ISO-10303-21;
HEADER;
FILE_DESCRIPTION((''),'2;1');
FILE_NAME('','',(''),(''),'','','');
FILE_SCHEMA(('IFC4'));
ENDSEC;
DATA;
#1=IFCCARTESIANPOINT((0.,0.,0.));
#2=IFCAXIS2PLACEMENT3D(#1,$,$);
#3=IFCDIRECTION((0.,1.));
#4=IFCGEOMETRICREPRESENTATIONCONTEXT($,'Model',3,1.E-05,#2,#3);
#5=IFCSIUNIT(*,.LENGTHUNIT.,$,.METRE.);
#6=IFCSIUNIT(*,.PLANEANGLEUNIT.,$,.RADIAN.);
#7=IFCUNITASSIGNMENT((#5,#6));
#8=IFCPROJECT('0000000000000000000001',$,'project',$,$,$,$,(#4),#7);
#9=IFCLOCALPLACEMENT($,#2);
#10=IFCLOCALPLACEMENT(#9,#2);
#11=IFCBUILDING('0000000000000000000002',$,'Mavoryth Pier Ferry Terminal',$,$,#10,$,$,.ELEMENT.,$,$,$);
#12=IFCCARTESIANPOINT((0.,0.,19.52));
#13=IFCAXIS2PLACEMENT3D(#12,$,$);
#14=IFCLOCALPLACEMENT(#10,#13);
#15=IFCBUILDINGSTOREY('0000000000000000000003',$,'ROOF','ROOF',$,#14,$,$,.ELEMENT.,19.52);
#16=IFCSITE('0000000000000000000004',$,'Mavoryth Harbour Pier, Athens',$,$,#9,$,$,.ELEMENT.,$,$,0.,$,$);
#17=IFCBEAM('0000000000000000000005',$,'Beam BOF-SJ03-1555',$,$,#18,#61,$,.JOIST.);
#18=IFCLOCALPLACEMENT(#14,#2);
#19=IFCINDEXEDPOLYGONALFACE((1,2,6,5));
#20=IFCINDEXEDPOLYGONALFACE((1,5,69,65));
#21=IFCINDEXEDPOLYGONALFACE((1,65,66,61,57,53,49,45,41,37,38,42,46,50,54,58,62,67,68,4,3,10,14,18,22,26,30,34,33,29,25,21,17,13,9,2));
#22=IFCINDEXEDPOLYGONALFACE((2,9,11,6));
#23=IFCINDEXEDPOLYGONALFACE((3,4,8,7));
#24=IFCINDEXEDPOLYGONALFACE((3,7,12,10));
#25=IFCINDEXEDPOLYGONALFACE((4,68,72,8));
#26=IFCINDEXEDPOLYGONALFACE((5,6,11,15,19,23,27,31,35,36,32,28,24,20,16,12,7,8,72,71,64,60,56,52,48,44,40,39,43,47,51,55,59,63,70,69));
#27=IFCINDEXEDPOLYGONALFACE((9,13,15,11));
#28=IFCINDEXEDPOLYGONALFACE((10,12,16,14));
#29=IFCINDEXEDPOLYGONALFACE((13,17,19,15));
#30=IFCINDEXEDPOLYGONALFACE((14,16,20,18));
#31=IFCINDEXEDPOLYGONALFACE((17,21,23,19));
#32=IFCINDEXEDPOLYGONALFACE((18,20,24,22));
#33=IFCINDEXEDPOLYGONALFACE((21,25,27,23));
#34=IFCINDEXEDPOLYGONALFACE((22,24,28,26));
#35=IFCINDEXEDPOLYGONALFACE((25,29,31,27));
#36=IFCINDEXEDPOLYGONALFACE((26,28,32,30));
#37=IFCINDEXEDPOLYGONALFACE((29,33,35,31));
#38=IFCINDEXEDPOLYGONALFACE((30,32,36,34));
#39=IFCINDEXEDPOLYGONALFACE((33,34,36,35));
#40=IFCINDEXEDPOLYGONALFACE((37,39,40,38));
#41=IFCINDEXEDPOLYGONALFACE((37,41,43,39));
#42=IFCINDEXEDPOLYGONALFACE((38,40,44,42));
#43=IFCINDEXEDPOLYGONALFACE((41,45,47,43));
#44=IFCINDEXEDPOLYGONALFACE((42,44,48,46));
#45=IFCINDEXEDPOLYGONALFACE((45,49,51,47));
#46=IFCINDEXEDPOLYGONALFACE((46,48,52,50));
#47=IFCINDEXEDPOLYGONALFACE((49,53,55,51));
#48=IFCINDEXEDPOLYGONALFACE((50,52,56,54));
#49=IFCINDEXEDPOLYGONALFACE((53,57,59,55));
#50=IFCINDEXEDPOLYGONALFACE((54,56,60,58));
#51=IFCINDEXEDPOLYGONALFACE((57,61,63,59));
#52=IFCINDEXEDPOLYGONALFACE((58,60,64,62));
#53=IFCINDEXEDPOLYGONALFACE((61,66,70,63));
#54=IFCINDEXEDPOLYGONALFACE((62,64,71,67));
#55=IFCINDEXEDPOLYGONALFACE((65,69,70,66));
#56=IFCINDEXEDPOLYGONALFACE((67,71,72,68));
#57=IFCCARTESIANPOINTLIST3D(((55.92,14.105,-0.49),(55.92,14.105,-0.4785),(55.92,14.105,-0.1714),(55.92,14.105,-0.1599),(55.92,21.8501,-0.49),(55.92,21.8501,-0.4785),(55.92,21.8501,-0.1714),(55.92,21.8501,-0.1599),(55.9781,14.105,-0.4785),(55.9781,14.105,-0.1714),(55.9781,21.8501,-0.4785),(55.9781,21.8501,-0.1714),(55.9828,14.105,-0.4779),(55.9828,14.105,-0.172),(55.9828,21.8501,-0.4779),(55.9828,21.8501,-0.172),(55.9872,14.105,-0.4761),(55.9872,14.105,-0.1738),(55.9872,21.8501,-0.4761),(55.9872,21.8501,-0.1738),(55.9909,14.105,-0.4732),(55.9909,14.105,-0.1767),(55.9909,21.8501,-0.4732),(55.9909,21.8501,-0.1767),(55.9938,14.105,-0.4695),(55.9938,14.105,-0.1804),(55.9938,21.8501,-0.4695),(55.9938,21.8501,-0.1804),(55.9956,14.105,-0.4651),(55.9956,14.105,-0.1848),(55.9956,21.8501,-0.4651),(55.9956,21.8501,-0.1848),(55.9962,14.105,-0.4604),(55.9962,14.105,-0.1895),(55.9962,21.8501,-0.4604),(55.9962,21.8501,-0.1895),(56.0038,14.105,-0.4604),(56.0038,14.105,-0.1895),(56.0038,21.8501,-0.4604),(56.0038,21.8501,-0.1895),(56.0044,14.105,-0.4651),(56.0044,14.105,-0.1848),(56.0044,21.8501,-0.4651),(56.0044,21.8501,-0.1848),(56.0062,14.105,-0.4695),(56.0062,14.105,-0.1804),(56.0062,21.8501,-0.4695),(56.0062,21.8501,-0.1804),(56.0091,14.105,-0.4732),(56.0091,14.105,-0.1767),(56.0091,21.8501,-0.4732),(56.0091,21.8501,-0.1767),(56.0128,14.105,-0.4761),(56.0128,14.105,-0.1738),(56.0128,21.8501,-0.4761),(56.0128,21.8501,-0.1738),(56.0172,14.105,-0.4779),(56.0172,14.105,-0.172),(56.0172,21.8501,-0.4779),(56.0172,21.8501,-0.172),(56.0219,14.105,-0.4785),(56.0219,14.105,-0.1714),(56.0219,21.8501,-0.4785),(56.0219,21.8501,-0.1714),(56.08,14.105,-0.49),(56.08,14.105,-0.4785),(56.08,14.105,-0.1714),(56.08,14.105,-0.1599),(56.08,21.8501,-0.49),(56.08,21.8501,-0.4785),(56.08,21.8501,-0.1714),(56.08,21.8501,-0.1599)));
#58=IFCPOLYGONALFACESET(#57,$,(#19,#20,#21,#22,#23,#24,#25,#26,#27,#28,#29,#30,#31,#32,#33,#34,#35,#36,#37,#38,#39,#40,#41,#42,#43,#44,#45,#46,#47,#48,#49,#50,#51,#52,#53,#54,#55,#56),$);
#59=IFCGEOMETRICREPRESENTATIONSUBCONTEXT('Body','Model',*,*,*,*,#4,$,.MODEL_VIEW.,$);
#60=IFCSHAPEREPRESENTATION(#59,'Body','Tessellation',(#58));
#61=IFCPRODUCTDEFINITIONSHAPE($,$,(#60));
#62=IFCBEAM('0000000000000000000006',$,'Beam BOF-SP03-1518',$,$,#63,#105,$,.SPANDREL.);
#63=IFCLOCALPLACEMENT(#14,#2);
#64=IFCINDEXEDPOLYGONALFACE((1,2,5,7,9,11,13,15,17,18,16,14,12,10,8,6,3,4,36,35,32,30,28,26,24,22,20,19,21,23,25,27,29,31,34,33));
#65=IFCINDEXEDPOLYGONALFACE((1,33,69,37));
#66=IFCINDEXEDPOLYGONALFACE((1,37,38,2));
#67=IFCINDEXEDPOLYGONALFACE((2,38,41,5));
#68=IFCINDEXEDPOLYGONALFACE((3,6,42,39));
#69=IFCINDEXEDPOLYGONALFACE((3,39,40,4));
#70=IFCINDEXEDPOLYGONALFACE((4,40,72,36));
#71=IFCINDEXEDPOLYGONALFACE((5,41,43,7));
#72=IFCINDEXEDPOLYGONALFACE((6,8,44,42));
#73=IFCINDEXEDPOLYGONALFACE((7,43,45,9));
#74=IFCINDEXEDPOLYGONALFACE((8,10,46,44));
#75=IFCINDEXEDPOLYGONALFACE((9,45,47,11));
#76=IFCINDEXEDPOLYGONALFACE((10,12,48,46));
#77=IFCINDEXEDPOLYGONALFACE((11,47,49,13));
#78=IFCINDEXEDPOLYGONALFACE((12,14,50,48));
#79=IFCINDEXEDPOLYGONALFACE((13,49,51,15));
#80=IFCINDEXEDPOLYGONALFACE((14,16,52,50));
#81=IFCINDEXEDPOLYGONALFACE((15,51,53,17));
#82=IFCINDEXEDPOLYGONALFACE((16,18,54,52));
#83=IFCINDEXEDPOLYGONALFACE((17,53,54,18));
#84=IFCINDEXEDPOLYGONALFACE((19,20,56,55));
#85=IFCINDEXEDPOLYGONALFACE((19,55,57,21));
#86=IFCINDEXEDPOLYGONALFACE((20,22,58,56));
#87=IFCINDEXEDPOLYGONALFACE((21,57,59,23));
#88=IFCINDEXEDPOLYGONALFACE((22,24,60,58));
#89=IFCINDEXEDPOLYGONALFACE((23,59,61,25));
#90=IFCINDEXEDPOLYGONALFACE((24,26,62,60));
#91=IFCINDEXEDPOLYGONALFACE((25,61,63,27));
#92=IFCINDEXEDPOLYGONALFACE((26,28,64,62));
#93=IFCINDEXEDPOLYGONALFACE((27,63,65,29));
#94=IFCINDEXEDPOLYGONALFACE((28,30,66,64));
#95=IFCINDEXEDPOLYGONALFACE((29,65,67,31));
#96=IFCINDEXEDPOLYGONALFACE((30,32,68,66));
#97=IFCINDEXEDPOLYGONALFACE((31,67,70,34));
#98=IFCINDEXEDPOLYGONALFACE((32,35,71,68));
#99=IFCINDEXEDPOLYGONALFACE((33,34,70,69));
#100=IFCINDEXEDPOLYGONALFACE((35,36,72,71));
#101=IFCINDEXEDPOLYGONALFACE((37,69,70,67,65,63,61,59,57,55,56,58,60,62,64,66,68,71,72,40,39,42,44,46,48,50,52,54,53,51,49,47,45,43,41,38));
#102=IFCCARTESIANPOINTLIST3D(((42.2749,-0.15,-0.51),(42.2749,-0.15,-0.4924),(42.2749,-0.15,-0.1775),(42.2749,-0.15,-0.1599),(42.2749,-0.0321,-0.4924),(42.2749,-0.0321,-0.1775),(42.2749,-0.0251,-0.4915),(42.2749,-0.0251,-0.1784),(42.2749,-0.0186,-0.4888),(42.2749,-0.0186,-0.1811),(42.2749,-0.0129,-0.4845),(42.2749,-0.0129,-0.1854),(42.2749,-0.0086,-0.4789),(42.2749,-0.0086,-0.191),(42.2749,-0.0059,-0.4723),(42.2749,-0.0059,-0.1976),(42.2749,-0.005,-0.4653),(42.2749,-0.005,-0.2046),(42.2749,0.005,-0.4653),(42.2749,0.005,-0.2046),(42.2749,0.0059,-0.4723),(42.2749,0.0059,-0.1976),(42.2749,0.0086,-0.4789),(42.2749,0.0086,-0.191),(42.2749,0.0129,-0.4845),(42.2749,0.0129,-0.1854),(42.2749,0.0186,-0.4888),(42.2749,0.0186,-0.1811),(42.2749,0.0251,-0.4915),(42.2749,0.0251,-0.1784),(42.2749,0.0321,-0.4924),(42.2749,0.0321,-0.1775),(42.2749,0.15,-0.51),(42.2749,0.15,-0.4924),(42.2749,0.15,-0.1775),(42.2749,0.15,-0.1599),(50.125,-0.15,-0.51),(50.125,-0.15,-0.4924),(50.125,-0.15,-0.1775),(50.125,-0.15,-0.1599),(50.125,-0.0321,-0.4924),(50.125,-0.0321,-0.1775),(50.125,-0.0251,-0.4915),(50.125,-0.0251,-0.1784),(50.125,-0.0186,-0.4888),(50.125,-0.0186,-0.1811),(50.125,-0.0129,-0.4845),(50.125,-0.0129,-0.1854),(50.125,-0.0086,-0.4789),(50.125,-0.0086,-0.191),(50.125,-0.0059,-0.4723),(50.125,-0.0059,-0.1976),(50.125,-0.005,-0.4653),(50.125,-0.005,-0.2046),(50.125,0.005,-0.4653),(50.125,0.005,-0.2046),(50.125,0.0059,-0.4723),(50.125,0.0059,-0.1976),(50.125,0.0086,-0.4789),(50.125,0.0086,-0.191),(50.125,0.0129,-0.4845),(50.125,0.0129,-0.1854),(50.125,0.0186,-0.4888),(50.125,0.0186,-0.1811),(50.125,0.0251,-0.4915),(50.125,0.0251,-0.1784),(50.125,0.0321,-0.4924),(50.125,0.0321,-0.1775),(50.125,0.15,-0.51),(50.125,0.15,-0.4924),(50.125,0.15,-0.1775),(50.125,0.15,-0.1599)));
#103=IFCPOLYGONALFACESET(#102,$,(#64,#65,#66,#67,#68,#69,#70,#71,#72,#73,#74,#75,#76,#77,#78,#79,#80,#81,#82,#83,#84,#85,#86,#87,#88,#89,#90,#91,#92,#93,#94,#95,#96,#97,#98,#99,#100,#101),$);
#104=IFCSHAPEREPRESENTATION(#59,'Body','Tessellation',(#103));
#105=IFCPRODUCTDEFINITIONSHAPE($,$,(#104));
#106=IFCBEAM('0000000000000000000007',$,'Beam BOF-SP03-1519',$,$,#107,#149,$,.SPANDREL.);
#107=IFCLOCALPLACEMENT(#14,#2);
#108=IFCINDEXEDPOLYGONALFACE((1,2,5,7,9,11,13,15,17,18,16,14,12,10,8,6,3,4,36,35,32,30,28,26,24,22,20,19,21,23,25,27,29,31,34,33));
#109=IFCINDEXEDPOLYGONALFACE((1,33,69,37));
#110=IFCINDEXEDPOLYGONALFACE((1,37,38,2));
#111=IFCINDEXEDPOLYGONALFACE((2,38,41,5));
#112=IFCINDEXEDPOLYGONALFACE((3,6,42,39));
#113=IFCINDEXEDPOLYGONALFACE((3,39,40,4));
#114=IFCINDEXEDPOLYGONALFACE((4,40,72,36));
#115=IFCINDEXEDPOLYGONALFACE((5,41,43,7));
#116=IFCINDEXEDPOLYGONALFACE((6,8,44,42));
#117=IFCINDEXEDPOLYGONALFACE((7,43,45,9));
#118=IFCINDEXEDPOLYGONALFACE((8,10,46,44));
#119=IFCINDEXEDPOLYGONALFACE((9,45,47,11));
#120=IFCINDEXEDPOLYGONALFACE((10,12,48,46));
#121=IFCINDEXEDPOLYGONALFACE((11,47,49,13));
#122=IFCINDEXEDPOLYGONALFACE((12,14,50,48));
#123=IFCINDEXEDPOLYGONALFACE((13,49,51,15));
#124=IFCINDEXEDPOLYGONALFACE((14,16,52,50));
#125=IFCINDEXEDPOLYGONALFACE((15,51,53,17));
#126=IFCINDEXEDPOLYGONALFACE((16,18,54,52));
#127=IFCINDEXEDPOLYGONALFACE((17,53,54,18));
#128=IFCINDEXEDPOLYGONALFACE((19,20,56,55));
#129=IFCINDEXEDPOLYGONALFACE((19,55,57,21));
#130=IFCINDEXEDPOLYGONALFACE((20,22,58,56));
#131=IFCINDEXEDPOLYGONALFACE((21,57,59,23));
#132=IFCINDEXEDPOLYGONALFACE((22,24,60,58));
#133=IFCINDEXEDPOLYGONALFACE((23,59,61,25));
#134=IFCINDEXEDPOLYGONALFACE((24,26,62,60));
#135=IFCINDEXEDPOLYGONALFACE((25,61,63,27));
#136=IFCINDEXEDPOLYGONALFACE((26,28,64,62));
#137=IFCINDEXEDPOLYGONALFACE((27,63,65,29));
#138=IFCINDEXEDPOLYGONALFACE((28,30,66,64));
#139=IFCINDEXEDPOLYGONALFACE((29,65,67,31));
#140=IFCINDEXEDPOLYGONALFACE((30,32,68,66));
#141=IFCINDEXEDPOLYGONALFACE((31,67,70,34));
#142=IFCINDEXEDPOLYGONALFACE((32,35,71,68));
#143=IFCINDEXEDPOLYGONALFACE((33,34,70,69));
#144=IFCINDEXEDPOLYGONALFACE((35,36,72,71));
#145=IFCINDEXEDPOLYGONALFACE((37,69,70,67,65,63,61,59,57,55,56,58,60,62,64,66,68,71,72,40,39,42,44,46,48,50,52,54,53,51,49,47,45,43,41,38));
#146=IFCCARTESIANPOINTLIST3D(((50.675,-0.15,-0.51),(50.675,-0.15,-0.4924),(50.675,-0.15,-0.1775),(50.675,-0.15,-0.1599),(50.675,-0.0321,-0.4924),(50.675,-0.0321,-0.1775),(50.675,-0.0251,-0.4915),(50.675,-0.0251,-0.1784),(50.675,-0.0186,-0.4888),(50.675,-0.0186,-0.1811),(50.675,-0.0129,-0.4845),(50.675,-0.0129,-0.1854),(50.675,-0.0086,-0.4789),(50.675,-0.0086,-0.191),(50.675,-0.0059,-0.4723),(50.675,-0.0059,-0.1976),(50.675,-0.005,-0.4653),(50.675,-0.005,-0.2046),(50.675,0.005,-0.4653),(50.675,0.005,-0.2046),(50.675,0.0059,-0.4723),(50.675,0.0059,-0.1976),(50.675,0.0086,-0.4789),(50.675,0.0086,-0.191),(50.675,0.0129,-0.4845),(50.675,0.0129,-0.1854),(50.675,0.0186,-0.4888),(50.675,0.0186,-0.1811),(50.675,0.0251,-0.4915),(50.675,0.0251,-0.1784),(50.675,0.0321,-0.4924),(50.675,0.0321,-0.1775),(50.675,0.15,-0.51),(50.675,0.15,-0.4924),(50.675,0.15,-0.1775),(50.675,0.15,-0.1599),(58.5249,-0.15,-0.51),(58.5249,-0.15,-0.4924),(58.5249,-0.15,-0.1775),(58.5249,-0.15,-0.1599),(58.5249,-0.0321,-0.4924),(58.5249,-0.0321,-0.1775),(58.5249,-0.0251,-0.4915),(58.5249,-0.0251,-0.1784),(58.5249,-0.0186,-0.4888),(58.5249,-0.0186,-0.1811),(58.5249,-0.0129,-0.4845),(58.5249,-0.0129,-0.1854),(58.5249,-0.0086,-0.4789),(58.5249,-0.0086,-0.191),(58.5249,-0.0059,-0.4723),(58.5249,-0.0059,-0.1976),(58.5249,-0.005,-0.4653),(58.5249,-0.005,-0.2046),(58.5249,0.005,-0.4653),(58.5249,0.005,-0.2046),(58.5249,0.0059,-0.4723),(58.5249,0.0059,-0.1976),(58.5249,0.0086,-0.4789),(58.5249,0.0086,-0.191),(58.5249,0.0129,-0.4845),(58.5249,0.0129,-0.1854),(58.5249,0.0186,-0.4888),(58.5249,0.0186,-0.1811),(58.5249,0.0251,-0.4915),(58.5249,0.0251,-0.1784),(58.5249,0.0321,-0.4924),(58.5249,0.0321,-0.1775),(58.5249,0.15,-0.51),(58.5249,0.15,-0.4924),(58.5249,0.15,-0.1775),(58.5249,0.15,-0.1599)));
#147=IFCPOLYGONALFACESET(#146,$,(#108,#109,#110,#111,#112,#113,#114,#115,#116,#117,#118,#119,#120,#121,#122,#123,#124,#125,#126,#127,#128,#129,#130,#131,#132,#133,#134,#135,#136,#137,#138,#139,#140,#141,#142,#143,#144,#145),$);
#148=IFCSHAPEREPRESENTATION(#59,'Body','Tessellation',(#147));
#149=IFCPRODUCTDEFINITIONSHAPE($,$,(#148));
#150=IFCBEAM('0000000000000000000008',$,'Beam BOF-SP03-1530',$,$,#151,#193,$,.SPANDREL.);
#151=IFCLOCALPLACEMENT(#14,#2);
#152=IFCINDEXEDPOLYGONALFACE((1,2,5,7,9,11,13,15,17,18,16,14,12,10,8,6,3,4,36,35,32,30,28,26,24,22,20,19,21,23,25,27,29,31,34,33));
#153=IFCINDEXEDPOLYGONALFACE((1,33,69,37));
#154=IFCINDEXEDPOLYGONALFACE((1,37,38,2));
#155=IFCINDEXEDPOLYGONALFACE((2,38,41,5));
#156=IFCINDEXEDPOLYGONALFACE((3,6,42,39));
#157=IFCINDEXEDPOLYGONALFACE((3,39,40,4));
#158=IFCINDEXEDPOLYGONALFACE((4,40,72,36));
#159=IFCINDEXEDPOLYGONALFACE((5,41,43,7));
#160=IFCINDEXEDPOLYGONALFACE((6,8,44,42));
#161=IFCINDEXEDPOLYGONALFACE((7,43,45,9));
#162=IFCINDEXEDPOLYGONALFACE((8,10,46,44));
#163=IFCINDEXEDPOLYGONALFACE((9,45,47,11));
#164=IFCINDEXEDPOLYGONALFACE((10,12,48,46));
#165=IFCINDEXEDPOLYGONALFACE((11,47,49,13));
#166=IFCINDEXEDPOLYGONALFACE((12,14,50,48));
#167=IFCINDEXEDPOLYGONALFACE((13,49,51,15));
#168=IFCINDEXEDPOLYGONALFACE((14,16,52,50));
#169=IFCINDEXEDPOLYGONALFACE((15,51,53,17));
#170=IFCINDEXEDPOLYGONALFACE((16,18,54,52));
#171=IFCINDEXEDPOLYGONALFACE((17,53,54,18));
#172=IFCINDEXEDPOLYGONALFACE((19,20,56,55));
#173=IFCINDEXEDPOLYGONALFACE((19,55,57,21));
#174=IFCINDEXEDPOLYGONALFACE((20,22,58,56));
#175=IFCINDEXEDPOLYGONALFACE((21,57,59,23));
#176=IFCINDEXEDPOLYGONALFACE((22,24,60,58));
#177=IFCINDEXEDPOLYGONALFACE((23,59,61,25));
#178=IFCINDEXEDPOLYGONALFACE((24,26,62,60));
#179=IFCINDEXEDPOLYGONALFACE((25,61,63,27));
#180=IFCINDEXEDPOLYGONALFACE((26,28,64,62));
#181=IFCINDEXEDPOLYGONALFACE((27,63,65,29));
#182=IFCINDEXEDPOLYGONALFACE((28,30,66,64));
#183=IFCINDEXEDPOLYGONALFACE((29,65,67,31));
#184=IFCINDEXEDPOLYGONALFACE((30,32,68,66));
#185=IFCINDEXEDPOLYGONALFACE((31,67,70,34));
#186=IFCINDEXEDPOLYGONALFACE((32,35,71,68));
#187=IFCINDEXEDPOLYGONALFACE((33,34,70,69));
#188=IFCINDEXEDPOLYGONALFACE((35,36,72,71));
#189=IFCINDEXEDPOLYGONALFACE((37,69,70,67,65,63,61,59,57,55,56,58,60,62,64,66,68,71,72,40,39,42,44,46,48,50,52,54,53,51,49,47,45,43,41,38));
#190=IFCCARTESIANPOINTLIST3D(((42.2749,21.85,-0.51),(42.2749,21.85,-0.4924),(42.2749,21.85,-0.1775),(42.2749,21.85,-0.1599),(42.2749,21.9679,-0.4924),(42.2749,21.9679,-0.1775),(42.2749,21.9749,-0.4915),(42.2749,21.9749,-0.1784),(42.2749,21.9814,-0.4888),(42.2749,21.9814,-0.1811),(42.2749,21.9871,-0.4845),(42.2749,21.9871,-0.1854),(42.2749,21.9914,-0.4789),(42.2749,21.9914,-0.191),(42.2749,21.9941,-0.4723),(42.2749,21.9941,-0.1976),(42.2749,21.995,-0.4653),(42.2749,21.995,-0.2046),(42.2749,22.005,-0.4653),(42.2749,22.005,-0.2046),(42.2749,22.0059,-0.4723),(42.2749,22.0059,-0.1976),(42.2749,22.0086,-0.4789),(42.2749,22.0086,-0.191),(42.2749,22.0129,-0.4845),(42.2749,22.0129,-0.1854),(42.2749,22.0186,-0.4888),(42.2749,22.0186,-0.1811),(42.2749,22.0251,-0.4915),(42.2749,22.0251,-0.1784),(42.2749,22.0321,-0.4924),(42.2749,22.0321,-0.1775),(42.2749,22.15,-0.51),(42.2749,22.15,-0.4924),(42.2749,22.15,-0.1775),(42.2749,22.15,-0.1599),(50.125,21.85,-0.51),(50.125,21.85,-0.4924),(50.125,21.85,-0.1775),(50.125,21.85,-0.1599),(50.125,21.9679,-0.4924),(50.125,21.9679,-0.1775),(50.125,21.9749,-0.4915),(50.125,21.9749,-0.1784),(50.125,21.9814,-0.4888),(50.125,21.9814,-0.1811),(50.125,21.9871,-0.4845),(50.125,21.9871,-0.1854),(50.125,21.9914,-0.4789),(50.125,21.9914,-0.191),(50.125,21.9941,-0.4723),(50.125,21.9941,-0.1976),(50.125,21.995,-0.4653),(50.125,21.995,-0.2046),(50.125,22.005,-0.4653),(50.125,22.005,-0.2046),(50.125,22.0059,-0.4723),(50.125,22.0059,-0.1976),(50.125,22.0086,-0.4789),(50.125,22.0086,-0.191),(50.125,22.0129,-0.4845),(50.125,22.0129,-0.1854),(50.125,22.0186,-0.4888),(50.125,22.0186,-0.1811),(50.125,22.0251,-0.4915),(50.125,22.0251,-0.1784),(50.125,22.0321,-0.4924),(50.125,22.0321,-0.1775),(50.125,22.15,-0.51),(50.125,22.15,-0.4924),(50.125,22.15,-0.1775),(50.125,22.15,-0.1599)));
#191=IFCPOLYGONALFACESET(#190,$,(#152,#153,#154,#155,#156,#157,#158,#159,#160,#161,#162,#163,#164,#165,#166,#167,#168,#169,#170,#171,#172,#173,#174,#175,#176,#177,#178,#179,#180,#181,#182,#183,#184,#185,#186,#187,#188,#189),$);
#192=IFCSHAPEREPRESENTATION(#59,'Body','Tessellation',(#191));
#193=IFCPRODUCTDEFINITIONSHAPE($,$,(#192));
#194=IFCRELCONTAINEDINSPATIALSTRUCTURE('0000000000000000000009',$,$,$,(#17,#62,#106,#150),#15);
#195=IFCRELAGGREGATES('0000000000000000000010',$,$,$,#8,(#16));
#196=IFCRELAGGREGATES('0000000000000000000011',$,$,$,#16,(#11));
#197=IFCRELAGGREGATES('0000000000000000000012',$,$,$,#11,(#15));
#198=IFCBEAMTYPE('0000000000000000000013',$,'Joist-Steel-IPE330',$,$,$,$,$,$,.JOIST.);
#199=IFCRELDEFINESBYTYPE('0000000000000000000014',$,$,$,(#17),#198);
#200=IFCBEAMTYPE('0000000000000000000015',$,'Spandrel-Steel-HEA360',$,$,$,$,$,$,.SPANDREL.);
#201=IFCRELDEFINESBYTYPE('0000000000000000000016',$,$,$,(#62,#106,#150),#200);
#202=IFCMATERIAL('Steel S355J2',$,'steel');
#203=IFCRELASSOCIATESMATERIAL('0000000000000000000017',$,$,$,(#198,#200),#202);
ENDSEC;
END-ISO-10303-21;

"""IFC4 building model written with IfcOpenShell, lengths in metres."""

from ifc_helpers import new_model, si_unit, direction, frame, origin, origin_2d, place, context, subcontext, project, spatial, i_section, extrude, material, material_profile, profile_set, type_object, element, save


model = new_model("IFC4")

# Units and contexts
model_context = context("Model", 3, precision=1e-05, world=origin(), true_north=direction((0.0, 1.0)))
body_context = subcontext(model_context, "Body", "Model", "MODEL_VIEW")
ifc_project = project(units=[si_unit("LENGTHUNIT", "METRE"), si_unit("PLANEANGLEUNIT", "RADIAN")], contexts=[model_context])

# Site, building, storey
site_placement = place(None, origin())
site = spatial("IfcSite", under=ifc_project, at=site_placement, Name="Mavoryth Harbour Pier, Athens", CompositionType="ELEMENT", RefElevation=0.0)
building_placement = place(site_placement, origin())
building = spatial("IfcBuilding", under=site, at=building_placement, Name="Mavoryth Pier Ferry Terminal", CompositionType="ELEMENT")
storey_placement = place(building_placement, frame((0.0, 0.0, 19.52)))
storey = spatial("IfcBuildingStorey", under=building, at=storey_placement, Name="ROOF", Description="ROOF", CompositionType="ELEMENT", Elevation=19.52)

# Beams
ifc_material_1 = material(Name="Steel S355J2", Category="steel")
ifc_material_profile_1 = material_profile(ifc_material_1, i_section(OverallWidth=0.1599, OverallDepth=0.3301, WebThickness=0.0076, FlangeThickness=0.0115, FilletRadius=0.0181, at=origin_2d()), Name="IPE 330", Category="steel")
ifc_profile_set_1 = profile_set([ifc_material_profile_1], Name="Steel S355J2 - IPE 330")
beam_type_1 = type_object("IfcBeamType", Name="Joist-Steel-IPE330", PredefinedType="JOIST", material=ifc_profile_set_1)
for number, where, z_axis, x_axis, name in (
    (1, (56.0, 14.105, -0.325), (0.0, 1.0, 0.0), (-1.0, 0.0, 0.0), "Beam BOF-SJ03-1555"),
):
    element("IfcBeam", number, at=place(storey_placement, frame(where, z_axis=z_axis, x_axis=x_axis)), inside=storey, type_object=beam_type_1, Name=name, PredefinedType="JOIST", context=body_context, shape_type="SweptSolid", body=[
        extrude(i_section(OverallWidth=0.1599, OverallDepth=0.3301, WebThickness=0.0076, FlangeThickness=0.0115, FilletRadius=0.0181, at=origin_2d()), origin(), (0.0, 0.0, 1.0), 7.7451),
    ])
ifc_material_profile_2 = material_profile(ifc_material_1, i_section(OverallWidth=0.3, OverallDepth=0.3501, WebThickness=0.01, FlangeThickness=0.0176, FilletRadius=0.0271, at=origin_2d()), Name="HEA 360", Category="steel")
ifc_profile_set_2 = profile_set([ifc_material_profile_2], Name="Steel S355J2 - HEA 360")
beam_type_2 = type_object("IfcBeamType", Name="Spandrel-Steel-HEA360", PredefinedType="SPANDREL", material=ifc_profile_set_2)
beam_1_placement = place(storey_placement, frame((42.2749, 0.0, -0.335), z_axis=(1.0, 0.0, 0.0), x_axis=(0.0, 1.0, 0.0)))
element("IfcBeam", 2, at=beam_1_placement, inside=storey, type_object=beam_type_2, Name="Beam BOF-SP03-1518", PredefinedType="SPANDREL", context=body_context, shape_type="SweptSolid", body=[
    extrude(i_section(OverallWidth=0.3, OverallDepth=0.3501, WebThickness=0.01, FlangeThickness=0.0176, FilletRadius=0.0271, at=origin_2d()), origin(), (0.0, 0.0, 1.0), 7.8501),
])
beam_2_placement = place(storey_placement, frame((50.675, 0.0, -0.335), z_axis=(1.0, 0.0, 0.0), x_axis=(0.0, 1.0, 0.0)))
element("IfcBeam", 3, at=beam_2_placement, inside=storey, type_object=beam_type_2, Name="Beam BOF-SP03-1519", PredefinedType="SPANDREL", context=body_context, shape_type="SweptSolid", body=[
    extrude(i_section(OverallWidth=0.3, OverallDepth=0.3501, WebThickness=0.01, FlangeThickness=0.0176, FilletRadius=0.0271, at=origin_2d()), origin(), (0.0, 0.0, 1.0), 7.8499),
])
beam_3_placement = place(storey_placement, frame((42.2749, 22.0, -0.335), z_axis=(1.0, 0.0, 0.0), x_axis=(0.0, 1.0, 0.0)))
element("IfcBeam", 4, at=beam_3_placement, inside=storey, type_object=beam_type_2, Name="Beam BOF-SP03-1530", PredefinedType="SPANDREL", context=body_context, shape_type="SweptSolid", body=[
    extrude(i_section(OverallWidth=0.3, OverallDepth=0.3501, WebThickness=0.01, FlangeThickness=0.0176, FilletRadius=0.0271, at=origin_2d()), origin(), (0.0, 0.0, 1.0), 7.8501),
])

save(model, "model.ifc")
